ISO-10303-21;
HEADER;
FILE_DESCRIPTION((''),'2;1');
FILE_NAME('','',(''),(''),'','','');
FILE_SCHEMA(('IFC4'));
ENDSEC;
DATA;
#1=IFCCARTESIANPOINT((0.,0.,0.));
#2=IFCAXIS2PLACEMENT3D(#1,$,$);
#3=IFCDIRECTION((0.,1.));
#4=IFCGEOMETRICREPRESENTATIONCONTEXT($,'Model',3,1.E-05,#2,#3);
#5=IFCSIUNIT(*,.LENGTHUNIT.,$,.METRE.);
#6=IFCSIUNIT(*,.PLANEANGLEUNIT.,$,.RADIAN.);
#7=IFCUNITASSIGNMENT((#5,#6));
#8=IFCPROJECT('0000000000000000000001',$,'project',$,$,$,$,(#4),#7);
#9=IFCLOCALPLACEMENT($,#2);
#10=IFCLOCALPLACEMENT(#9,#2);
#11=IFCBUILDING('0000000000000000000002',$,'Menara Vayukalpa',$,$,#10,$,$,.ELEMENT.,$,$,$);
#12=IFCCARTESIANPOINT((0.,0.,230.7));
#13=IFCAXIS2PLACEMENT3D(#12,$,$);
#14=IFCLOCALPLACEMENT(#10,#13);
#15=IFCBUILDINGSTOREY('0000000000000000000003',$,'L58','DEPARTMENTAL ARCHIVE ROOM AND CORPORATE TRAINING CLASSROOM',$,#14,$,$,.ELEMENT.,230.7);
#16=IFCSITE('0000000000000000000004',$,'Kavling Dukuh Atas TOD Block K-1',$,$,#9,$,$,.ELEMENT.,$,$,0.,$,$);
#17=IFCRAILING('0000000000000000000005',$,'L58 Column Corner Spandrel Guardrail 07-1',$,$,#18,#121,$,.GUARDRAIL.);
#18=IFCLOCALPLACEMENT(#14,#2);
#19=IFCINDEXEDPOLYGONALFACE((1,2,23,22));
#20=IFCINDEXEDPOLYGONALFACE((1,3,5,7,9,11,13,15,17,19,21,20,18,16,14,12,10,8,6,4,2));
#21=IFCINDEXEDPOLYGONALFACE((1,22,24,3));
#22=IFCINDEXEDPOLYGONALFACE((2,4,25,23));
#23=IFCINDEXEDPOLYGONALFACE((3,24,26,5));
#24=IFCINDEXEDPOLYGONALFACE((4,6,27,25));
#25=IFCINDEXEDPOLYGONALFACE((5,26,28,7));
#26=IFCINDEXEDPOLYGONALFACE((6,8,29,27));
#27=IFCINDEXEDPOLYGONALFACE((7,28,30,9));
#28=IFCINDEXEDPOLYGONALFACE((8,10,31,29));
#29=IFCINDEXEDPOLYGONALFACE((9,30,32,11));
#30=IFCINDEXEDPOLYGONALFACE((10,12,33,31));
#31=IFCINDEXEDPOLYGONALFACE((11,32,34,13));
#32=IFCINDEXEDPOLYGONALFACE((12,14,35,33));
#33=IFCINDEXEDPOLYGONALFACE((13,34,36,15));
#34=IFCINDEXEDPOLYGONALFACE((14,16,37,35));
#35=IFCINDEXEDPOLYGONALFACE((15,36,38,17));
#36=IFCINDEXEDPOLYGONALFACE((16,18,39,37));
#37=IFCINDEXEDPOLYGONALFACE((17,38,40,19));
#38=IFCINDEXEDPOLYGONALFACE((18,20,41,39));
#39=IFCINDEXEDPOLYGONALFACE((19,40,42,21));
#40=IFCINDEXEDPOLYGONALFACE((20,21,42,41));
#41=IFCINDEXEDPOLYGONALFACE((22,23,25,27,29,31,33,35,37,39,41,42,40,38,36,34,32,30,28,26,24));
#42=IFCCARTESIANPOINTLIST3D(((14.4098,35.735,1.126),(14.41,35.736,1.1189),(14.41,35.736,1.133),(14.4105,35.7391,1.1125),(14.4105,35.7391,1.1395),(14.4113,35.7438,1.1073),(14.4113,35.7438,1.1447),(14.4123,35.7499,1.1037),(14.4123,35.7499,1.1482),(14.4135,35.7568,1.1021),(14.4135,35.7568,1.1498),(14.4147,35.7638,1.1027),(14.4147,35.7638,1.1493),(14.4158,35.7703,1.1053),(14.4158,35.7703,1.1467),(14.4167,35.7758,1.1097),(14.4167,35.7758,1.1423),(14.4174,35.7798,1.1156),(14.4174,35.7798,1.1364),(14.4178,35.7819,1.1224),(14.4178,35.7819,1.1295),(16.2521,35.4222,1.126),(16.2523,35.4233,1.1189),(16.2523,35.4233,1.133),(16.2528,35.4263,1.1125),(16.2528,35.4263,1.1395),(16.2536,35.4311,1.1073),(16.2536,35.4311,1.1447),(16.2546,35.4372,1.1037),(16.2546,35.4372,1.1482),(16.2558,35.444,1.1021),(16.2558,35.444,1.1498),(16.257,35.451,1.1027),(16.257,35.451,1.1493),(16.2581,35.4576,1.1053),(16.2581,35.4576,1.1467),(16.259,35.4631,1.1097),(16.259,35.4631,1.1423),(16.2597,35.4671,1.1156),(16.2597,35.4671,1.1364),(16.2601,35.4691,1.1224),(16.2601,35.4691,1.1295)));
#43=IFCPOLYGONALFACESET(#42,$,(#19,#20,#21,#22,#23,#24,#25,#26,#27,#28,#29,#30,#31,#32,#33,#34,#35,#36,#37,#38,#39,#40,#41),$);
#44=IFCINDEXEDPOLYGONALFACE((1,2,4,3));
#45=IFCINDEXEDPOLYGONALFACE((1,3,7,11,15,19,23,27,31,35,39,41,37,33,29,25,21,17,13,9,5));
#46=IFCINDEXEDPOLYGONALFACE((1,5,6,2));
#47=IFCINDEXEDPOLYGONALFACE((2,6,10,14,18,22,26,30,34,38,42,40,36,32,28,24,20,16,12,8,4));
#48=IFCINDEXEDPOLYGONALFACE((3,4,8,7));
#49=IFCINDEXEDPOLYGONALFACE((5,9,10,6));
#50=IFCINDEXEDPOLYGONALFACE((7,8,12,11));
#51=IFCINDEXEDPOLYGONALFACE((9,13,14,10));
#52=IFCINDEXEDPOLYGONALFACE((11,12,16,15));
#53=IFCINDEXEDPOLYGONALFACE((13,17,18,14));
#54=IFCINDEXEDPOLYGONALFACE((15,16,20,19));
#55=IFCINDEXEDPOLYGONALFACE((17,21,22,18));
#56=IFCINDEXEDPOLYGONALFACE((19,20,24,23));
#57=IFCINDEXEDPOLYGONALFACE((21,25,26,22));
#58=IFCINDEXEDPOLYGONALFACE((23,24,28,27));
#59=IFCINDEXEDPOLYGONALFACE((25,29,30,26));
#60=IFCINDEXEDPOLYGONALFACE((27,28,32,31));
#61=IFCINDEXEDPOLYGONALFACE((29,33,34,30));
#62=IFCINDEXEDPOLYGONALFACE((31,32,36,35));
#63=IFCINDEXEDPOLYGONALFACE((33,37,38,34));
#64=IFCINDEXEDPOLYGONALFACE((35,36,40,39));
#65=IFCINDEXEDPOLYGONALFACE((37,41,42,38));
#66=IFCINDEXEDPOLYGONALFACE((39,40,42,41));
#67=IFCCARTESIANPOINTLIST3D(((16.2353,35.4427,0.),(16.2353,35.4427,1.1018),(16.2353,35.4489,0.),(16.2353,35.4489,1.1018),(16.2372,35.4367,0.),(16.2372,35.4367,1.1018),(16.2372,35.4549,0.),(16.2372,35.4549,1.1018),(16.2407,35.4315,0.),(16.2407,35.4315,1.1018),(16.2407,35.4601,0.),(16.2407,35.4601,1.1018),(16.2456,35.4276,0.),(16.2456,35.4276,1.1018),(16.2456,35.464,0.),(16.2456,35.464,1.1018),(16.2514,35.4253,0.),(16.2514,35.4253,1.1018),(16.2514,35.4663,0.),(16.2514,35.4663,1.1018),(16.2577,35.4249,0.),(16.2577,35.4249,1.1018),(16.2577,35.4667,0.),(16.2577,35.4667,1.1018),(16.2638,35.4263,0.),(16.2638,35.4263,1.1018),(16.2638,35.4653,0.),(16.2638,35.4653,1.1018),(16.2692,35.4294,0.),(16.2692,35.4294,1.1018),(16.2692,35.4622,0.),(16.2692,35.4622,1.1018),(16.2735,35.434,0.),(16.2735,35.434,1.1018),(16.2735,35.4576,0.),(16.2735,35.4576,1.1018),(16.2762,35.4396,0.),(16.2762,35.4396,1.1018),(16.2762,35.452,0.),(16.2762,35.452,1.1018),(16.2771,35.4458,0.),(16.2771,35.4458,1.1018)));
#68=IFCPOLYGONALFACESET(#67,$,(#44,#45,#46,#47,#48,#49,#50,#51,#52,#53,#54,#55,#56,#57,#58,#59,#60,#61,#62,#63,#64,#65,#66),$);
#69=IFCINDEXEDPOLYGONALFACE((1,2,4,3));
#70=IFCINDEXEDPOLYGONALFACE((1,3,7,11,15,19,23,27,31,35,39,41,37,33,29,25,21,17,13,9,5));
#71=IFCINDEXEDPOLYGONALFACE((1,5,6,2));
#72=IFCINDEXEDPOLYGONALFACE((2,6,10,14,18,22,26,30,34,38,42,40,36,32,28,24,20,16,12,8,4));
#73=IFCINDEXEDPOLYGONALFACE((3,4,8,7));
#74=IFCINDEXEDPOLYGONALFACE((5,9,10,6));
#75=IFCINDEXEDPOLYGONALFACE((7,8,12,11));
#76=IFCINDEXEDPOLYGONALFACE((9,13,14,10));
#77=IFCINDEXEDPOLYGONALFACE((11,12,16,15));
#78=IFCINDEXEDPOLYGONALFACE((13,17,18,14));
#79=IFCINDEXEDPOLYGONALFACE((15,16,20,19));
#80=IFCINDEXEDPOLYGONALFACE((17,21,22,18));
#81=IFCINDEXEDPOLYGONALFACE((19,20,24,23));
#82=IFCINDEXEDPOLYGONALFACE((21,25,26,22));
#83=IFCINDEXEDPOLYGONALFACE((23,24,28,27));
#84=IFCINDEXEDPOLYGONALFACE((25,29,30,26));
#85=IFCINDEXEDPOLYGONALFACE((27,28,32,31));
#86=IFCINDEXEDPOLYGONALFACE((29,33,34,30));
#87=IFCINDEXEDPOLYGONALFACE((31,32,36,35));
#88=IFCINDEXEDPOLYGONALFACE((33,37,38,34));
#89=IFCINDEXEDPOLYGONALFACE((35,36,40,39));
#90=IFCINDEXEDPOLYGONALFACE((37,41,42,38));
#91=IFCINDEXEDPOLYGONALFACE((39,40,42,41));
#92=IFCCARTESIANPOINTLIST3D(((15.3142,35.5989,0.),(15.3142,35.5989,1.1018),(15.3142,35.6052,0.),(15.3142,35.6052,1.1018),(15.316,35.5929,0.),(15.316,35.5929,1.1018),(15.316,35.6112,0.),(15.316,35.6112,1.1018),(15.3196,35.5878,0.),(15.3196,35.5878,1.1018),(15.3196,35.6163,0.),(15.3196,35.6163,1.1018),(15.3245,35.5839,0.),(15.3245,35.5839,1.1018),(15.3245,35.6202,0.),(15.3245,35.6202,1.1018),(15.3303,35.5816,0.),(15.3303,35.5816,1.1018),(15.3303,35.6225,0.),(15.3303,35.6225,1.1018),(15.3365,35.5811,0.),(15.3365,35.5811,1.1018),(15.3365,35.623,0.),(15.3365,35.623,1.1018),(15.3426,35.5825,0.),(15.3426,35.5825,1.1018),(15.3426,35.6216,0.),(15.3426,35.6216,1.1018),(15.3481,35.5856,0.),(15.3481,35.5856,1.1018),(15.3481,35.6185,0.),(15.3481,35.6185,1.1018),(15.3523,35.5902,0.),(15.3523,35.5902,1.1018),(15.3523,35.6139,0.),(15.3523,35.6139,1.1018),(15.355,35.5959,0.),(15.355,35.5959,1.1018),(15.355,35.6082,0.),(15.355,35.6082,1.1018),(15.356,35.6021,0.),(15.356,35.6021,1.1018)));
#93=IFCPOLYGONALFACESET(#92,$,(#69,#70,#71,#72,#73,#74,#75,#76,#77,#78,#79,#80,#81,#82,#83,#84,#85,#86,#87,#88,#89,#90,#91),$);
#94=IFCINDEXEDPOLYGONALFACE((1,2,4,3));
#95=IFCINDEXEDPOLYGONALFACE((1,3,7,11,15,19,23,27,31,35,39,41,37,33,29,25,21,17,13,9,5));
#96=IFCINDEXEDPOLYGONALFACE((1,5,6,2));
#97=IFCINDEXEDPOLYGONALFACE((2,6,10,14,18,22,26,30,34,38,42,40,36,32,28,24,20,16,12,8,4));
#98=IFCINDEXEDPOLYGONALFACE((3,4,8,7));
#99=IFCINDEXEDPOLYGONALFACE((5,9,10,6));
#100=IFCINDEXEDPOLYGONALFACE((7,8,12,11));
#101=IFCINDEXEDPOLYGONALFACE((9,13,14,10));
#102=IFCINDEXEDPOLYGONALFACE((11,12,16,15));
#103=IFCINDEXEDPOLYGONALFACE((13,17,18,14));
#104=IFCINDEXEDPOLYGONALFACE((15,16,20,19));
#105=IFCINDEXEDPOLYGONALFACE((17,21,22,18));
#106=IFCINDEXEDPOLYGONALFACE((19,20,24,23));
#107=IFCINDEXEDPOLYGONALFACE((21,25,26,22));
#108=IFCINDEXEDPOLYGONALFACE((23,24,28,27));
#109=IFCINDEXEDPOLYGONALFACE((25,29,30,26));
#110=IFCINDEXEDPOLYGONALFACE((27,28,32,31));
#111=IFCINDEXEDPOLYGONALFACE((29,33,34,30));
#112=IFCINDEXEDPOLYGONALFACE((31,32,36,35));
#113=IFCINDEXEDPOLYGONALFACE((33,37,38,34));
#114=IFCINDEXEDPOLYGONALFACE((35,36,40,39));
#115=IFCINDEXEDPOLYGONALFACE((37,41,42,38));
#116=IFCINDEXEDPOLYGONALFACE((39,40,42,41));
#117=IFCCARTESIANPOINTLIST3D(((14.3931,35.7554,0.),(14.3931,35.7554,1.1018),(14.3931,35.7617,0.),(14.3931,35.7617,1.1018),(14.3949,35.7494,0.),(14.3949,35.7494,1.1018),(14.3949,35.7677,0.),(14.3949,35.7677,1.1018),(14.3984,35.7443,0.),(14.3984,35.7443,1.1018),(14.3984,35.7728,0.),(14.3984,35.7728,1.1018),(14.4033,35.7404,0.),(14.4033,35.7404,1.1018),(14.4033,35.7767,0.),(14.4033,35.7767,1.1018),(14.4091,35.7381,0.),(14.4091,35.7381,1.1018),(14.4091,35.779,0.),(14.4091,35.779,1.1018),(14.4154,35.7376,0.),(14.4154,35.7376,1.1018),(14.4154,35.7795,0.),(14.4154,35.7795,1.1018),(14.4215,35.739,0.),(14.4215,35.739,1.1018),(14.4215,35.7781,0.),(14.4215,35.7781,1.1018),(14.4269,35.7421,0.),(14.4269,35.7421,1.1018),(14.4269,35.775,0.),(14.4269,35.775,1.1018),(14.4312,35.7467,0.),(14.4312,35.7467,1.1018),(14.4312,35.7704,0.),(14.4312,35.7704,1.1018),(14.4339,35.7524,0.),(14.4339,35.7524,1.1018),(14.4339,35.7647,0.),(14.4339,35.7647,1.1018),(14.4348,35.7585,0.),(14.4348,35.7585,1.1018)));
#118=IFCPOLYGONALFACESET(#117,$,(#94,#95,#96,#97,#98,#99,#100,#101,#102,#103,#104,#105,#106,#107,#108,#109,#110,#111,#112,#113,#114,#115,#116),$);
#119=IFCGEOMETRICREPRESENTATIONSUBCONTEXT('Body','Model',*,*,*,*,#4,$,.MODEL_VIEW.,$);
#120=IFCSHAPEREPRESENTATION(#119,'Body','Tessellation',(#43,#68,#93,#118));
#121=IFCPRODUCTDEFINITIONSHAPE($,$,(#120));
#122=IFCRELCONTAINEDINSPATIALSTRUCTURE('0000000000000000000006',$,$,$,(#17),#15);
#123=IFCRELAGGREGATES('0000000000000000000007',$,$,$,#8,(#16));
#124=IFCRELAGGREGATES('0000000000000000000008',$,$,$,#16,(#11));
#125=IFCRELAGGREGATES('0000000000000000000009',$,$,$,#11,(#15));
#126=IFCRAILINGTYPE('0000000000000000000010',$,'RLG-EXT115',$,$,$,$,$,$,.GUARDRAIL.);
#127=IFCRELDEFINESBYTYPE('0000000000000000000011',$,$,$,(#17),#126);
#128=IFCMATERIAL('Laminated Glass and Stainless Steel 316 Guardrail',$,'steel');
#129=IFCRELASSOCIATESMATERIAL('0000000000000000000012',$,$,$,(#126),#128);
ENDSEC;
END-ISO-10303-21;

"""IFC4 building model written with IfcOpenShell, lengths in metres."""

from ifc_helpers import new_model, si_unit, direction, frame, origin, origin_2d, place, context, subcontext, project, spatial, circle, extrude, material, type_object, element, save


model = new_model("IFC4")

# Units and contexts
model_context = context("Model", 3, precision=1e-05, world=origin(), true_north=direction((0.0, 1.0)))
body_context = subcontext(model_context, "Body", "Model", "MODEL_VIEW")
ifc_project = project(units=[si_unit("LENGTHUNIT", "METRE"), si_unit("PLANEANGLEUNIT", "RADIAN")], contexts=[model_context])

# Site, building, storey
site_placement = place(None, origin())
site = spatial("IfcSite", under=ifc_project, at=site_placement, Name="Kavling Dukuh Atas TOD Block K-1", CompositionType="ELEMENT", RefElevation=0.0)
building_placement = place(site_placement, origin())
building = spatial("IfcBuilding", under=site, at=building_placement, Name="Menara Vayukalpa", CompositionType="ELEMENT")
storey_placement = place(building_placement, frame((0.0, 0.0, 230.7)))
storey = spatial("IfcBuildingStorey", under=building, at=storey_placement, Name="L58", Description="DEPARTMENTAL ARCHIVE ROOM AND CORPORATE TRAINING CLASSROOM", CompositionType="ELEMENT", Elevation=230.7)

# Railing
ifc_material_1 = material(Name="Laminated Glass and Stainless Steel 316 Guardrail", Category="steel")
railing_type = type_object("IfcRailingType", Name="RLG-EXT115", PredefinedType="GUARDRAIL", material=ifc_material_1)
railing_placement = place(storey_placement, frame((16.2561, 35.4458, 0.0)))
element("IfcRailing", 1, at=railing_placement, inside=storey, type_object=railing_type, Name="L58 Column Corner Spandrel Guardrail 07-1", PredefinedType="GUARDRAIL", context=body_context, shape_type="SweptSolid", body=[
    extrude(circle(Radius=0.0239, at=origin_2d()), frame((0.0, 0.0, 1.126), z_axis=(-0.985895, 0.167364, 0.0), x_axis=(-0.167364, -0.985895, 0.0)), (0.0, 0.0, 1.0), 1.8687),
    extrude(circle(Radius=0.021, at=origin_2d()), origin(), (0.0, 0.0, 1.0), 1.1018),
    extrude(circle(Radius=0.021, at=origin_2d()), frame((-0.9211, 0.1562, 0.0)), (0.0, 0.0, 1.0), 1.1018),
    extrude(circle(Radius=0.021, at=origin_2d()), frame((-1.8423, 0.3127, 0.0)), (0.0, 0.0, 1.0), 1.1018),
])

save(model, "model.ifc")
